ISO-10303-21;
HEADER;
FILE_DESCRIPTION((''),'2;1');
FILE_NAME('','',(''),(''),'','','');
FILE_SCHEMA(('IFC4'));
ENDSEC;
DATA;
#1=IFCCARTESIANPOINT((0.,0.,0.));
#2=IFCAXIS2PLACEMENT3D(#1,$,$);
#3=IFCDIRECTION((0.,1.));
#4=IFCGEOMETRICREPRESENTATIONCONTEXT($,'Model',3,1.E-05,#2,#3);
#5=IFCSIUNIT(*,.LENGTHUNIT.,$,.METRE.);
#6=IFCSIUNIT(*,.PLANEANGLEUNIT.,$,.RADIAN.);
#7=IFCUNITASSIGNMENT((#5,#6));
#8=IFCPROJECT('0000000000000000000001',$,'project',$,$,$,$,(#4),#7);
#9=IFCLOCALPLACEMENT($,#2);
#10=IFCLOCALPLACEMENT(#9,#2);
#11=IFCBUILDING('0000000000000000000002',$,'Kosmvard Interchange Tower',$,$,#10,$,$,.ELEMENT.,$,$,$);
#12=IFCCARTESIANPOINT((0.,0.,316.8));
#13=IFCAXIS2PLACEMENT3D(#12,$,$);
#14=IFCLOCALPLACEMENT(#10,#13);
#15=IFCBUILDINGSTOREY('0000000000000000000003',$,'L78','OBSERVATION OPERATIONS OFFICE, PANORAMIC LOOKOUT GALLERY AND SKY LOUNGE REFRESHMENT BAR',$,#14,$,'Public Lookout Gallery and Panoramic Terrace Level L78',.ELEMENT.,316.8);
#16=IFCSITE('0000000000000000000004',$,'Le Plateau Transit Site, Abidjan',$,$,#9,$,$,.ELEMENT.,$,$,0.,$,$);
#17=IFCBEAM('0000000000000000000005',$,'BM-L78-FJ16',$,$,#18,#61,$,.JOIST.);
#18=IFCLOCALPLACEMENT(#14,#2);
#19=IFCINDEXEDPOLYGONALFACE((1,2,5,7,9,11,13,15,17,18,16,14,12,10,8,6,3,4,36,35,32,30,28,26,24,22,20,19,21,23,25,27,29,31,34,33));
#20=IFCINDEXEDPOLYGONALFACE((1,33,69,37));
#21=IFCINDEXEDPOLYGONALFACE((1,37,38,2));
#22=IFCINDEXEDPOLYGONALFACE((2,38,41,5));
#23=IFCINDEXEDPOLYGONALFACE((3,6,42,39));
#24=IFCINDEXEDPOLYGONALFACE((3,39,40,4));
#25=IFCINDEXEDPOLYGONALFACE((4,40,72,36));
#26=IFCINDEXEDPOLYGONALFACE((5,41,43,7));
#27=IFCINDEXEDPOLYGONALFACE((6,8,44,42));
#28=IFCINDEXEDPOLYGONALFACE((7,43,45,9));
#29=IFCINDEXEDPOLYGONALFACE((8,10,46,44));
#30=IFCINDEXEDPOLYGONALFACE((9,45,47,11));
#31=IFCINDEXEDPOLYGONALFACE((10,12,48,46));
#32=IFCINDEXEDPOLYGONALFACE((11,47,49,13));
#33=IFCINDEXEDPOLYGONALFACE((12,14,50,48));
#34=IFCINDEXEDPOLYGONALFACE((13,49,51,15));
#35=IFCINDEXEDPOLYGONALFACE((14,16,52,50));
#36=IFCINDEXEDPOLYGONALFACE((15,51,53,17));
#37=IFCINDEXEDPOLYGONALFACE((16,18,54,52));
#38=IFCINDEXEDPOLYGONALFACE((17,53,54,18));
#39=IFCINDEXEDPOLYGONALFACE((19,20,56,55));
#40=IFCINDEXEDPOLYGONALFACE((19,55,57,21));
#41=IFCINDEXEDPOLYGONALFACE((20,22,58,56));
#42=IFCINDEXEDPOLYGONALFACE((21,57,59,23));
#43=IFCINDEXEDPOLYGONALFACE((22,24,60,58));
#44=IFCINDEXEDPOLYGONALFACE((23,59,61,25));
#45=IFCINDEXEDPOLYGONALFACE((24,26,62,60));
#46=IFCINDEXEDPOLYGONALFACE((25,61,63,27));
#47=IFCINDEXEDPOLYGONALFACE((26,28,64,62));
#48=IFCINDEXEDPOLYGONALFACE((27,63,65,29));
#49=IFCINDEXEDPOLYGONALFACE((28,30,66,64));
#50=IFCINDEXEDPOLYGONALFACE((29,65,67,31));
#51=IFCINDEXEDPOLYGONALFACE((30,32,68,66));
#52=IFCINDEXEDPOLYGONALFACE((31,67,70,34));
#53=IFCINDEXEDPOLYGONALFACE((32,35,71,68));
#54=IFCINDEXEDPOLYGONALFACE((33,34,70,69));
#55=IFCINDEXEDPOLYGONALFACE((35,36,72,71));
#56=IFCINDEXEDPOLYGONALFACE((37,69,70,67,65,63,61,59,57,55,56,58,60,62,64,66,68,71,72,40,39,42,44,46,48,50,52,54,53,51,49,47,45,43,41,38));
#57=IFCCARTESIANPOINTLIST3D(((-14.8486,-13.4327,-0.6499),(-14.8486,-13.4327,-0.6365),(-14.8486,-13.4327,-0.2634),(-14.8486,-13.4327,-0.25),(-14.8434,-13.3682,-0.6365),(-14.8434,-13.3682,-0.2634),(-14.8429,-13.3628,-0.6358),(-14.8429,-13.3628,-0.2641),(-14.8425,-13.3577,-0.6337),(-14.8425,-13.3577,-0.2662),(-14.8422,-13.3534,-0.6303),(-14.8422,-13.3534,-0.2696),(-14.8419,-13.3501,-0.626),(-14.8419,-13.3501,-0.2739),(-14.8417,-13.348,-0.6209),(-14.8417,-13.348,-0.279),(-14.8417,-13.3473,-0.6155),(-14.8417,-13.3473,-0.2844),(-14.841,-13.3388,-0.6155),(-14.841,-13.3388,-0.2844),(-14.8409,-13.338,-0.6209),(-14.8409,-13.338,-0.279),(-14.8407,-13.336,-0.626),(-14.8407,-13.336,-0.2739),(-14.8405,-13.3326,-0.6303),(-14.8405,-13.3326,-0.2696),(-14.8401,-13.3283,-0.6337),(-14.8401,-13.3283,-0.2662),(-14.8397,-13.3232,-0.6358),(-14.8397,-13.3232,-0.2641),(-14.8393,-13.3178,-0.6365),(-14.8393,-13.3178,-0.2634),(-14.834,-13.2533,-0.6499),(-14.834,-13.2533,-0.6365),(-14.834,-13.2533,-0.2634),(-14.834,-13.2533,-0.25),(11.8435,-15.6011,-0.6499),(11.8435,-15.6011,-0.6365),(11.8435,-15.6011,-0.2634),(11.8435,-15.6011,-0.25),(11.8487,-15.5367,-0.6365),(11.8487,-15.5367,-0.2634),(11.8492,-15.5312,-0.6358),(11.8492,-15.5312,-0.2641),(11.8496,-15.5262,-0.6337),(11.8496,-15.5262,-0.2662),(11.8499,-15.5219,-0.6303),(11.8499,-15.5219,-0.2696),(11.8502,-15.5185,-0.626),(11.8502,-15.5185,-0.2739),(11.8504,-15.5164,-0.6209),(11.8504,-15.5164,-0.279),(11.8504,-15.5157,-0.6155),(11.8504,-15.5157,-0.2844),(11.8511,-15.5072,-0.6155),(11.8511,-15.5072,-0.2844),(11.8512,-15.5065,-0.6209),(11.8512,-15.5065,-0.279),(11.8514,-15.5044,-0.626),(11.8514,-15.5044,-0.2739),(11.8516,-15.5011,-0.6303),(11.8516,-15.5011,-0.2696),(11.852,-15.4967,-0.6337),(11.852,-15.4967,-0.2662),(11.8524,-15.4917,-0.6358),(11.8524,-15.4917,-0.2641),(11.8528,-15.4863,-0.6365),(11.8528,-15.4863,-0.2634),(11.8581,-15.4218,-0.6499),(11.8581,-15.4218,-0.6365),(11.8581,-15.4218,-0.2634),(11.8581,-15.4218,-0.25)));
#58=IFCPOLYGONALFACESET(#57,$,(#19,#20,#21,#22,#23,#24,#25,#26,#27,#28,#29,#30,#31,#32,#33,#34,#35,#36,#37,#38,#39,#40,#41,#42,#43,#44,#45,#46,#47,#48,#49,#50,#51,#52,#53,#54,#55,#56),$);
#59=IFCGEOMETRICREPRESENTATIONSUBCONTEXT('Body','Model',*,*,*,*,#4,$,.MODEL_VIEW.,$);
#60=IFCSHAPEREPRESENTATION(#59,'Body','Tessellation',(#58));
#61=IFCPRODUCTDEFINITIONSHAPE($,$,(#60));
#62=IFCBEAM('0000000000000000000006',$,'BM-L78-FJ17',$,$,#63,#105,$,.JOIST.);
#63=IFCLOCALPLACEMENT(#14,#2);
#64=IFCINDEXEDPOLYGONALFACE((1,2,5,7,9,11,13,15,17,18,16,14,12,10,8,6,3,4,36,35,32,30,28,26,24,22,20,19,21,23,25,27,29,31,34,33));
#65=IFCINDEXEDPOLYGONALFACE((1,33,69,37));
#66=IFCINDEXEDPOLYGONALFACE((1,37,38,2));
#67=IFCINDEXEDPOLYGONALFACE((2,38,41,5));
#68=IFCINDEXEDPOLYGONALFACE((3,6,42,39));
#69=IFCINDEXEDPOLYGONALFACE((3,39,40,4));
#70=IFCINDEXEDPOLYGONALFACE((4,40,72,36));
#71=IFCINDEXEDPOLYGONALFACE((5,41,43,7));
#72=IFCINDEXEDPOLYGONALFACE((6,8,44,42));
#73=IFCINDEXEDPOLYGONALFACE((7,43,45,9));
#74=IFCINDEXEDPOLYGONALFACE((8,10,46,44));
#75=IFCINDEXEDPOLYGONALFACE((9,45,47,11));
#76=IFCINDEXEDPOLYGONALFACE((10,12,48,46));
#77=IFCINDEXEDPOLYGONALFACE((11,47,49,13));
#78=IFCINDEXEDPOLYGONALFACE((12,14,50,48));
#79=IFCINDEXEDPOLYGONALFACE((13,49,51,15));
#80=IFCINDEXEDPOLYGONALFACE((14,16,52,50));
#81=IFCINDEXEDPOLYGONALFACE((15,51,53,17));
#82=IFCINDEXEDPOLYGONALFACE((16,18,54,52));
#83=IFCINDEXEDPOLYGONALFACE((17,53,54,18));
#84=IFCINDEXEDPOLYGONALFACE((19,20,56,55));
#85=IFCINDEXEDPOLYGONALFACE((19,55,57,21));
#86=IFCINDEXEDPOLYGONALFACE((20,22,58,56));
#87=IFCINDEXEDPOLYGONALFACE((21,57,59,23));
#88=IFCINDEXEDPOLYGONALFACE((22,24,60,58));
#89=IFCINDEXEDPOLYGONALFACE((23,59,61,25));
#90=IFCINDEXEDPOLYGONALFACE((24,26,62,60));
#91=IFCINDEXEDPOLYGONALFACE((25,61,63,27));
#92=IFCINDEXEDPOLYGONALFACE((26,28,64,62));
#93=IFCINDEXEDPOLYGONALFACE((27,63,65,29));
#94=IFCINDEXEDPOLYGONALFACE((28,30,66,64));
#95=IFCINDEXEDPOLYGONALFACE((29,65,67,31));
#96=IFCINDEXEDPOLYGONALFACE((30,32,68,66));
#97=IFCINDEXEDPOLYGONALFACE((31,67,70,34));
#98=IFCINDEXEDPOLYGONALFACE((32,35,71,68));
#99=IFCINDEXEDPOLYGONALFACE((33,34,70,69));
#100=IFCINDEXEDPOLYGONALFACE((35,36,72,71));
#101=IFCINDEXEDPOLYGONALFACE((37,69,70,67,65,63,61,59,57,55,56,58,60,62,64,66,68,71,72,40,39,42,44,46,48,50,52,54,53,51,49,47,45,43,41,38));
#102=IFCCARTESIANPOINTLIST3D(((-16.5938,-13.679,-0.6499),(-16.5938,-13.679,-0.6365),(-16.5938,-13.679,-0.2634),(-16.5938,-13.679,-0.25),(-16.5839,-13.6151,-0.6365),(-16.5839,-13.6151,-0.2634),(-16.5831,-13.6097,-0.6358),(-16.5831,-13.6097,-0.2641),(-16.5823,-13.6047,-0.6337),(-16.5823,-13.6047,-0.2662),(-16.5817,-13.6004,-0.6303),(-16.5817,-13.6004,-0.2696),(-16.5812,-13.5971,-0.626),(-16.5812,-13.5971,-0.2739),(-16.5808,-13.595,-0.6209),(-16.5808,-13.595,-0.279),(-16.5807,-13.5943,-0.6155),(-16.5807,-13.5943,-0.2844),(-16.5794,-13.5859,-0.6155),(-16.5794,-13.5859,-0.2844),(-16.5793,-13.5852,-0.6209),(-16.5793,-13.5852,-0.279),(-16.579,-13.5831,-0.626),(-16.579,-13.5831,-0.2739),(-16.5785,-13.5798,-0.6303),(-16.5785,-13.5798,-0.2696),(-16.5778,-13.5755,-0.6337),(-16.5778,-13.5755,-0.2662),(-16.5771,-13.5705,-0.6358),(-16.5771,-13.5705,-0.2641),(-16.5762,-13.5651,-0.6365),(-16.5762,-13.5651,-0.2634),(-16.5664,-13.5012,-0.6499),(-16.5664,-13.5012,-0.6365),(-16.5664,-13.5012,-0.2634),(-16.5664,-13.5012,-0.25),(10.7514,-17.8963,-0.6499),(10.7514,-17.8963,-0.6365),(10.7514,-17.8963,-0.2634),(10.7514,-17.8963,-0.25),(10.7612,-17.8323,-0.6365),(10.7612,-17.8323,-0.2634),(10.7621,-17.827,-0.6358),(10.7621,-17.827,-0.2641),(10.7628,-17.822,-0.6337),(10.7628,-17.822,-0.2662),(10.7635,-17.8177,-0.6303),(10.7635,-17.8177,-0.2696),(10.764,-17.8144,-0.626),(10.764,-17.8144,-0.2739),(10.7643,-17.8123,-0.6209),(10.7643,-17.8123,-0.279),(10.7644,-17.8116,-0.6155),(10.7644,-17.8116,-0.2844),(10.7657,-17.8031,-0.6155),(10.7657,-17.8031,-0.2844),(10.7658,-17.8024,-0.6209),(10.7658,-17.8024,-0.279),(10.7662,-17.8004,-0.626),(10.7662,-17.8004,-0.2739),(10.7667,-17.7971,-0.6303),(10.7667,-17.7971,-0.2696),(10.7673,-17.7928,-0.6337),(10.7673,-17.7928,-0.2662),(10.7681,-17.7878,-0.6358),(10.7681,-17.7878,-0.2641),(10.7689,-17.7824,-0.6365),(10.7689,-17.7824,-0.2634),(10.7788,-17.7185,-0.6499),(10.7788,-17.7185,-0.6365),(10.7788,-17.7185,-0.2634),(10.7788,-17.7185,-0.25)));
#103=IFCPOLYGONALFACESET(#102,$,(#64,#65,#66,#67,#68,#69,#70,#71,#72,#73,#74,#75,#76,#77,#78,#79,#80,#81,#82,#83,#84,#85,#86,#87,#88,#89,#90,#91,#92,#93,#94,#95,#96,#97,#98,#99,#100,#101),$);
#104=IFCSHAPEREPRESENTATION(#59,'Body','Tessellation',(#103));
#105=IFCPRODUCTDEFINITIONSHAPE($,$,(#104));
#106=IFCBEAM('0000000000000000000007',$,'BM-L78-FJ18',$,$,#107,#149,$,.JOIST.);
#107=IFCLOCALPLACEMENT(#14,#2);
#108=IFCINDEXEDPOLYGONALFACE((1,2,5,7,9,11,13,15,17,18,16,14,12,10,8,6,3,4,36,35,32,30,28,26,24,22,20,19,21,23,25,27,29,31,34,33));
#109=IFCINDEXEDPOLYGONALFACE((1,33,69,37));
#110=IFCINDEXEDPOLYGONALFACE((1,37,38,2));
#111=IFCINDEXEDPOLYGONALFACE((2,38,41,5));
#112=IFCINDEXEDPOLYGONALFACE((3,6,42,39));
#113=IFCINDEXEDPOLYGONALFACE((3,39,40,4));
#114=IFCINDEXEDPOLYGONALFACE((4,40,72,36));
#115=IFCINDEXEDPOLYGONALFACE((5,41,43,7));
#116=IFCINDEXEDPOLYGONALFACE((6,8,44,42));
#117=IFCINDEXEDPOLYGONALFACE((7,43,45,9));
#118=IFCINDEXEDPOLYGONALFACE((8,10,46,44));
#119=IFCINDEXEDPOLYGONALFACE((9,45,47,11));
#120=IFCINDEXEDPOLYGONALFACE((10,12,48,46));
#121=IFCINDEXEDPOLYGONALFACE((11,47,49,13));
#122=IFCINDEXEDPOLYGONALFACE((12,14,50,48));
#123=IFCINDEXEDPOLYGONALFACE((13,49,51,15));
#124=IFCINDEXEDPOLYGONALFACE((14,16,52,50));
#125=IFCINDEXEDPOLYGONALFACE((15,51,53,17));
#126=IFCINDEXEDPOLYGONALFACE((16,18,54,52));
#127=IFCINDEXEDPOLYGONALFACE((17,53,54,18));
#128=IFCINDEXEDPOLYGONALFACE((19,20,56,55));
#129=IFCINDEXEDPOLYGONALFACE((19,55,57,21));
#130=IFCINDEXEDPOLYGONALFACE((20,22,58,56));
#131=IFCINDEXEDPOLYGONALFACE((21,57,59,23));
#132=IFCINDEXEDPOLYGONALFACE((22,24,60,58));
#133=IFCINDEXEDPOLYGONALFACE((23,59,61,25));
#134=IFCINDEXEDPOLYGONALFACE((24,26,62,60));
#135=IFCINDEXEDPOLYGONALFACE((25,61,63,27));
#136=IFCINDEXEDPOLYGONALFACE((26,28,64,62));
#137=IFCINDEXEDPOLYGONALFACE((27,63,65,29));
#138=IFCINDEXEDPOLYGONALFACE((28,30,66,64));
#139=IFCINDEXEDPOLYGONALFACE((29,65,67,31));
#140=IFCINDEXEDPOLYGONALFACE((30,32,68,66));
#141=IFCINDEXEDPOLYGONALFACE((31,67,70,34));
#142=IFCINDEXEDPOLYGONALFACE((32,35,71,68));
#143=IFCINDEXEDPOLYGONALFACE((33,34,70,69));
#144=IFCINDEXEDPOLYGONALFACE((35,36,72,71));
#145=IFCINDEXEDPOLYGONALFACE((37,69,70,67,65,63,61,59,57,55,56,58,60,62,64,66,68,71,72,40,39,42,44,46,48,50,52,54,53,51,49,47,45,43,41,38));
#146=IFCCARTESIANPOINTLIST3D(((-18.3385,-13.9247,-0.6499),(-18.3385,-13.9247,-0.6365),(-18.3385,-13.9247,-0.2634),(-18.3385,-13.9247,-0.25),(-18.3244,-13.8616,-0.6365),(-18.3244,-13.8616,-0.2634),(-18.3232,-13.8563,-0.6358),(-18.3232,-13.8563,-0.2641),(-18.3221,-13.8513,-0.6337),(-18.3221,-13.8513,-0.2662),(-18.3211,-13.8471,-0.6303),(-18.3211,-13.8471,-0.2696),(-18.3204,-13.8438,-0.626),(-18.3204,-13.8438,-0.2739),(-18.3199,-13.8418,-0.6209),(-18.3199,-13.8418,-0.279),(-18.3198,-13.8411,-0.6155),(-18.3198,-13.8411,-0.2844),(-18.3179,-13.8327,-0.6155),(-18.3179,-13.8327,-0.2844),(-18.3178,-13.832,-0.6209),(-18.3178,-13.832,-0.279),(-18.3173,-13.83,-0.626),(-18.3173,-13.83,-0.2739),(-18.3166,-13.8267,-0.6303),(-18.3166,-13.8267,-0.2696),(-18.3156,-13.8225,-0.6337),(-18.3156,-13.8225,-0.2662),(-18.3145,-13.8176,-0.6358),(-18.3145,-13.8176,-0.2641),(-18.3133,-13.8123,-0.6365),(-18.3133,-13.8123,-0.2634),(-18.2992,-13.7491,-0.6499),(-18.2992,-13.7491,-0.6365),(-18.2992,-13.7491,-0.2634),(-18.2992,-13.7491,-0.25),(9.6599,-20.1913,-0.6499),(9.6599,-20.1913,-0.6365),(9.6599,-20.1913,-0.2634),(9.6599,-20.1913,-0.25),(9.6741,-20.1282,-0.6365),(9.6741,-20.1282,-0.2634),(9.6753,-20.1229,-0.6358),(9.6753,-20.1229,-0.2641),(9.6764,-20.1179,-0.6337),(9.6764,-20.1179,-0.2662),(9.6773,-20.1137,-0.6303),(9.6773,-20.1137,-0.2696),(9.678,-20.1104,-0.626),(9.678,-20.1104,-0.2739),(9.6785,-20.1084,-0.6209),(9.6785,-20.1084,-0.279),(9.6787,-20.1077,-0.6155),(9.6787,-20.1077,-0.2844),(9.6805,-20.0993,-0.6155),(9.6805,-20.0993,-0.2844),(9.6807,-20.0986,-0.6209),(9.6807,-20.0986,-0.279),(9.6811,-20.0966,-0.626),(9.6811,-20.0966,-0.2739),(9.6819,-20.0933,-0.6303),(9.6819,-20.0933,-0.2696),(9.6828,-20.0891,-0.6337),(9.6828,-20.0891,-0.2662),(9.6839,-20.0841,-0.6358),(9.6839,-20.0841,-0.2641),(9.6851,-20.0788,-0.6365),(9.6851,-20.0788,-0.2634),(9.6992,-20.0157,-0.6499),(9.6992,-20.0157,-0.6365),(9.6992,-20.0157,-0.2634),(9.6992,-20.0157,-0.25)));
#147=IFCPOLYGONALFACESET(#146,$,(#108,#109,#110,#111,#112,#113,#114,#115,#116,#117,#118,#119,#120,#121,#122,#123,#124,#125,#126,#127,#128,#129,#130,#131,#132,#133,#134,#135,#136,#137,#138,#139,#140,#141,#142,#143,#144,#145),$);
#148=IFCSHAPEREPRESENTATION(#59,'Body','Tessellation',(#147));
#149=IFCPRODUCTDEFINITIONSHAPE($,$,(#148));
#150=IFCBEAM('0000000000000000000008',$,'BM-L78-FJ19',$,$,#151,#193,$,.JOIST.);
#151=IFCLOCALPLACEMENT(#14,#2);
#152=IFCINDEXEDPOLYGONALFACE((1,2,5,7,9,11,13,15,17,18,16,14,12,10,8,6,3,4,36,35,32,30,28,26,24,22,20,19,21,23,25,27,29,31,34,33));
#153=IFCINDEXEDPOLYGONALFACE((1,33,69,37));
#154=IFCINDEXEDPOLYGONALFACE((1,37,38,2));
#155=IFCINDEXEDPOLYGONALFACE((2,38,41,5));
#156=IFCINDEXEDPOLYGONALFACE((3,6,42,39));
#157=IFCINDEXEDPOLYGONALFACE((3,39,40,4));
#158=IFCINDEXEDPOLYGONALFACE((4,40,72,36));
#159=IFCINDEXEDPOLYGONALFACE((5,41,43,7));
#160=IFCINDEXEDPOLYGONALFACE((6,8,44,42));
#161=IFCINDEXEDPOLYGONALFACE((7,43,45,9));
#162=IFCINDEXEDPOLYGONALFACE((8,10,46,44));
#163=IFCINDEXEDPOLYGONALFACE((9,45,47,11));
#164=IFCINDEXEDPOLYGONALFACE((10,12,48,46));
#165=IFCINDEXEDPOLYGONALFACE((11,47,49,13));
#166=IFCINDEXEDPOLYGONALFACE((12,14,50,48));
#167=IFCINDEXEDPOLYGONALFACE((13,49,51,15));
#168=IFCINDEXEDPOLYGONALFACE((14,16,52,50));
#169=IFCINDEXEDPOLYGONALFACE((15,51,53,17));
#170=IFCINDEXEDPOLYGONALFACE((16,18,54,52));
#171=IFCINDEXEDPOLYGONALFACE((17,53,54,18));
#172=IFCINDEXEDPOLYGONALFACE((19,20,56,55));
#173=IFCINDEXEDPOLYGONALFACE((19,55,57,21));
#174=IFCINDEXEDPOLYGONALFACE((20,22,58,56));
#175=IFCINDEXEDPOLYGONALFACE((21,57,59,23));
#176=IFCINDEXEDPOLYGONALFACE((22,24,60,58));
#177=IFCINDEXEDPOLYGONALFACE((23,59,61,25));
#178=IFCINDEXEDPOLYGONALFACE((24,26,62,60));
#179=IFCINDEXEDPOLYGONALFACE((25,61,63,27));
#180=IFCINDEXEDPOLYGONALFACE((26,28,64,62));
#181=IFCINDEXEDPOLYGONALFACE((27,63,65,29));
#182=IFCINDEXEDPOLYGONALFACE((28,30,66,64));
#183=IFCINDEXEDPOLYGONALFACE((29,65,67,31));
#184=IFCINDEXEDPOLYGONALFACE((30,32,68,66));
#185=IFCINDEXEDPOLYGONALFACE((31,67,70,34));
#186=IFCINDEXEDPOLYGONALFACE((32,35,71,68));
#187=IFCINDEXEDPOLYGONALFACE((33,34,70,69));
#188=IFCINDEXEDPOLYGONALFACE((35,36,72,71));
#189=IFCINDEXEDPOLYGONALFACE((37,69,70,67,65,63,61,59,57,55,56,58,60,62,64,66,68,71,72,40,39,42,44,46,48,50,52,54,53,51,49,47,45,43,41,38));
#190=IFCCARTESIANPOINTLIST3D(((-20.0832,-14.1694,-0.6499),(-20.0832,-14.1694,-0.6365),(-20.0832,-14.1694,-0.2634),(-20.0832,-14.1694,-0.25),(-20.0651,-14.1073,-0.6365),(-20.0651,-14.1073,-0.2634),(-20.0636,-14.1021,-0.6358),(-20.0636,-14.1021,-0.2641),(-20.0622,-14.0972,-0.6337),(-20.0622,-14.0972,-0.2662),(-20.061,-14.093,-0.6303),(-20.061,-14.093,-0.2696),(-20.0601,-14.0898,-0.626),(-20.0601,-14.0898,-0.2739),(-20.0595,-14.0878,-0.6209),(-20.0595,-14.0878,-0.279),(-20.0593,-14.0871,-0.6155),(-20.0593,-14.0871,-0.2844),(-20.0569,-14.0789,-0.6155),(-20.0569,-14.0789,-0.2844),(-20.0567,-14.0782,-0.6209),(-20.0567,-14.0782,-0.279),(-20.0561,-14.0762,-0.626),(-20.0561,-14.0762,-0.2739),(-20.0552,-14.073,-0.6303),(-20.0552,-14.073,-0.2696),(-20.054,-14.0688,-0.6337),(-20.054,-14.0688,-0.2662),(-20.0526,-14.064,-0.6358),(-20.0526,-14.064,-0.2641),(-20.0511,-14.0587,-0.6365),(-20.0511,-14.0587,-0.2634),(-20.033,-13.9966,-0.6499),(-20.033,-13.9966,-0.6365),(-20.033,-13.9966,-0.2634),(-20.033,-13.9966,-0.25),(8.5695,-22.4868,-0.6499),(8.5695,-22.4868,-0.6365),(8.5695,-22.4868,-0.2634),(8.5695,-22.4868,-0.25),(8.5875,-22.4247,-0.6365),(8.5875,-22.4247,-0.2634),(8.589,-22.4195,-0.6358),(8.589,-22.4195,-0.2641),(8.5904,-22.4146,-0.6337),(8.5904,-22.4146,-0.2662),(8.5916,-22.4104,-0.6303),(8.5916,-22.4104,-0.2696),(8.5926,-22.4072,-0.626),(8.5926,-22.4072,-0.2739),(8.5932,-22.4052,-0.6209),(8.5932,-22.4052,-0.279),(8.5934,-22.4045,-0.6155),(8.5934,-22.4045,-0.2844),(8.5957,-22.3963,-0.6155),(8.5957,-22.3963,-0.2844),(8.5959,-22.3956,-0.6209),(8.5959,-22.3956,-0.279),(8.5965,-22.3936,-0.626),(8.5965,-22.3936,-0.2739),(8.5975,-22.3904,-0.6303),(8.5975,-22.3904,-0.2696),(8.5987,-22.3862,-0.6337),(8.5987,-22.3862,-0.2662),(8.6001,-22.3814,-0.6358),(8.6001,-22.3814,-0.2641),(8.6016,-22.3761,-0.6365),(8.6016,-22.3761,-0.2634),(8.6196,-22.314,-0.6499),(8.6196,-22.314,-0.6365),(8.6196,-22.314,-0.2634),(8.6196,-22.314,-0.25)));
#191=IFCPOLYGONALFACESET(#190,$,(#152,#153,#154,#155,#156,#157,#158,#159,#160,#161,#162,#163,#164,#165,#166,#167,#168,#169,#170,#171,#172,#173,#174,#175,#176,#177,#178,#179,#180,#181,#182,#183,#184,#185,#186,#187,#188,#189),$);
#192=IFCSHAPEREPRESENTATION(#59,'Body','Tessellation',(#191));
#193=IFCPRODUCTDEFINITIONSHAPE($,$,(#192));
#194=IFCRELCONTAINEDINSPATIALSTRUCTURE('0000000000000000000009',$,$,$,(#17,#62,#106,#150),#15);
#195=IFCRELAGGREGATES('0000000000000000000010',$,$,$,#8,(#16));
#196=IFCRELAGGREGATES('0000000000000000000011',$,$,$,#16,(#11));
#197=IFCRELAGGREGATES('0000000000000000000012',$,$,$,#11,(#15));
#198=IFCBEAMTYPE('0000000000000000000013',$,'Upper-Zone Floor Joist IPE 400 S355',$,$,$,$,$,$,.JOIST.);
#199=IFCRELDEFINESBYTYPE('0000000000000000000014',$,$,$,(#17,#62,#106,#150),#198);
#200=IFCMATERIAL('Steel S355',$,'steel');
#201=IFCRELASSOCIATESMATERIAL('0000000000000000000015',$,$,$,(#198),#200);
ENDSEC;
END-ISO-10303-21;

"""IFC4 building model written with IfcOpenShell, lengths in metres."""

from ifc_helpers import new_model, si_unit, direction, frame, origin, origin_2d, place, context, subcontext, project, spatial, i_section, extrude, source, transform, mapped, material, material_profile, profile_set, type_object, element, save


model = new_model("IFC4")

# Units and contexts
model_context = context("Model", 3, precision=1e-05, world=origin(), true_north=direction((0.0, 1.0)))
body_context = subcontext(model_context, "Body", "Model", "MODEL_VIEW")
ifc_project = project(units=[si_unit("LENGTHUNIT", "METRE"), si_unit("PLANEANGLEUNIT", "RADIAN")], contexts=[model_context])

# Site, building, storey
site_placement = place(None, origin())
site = spatial("IfcSite", under=ifc_project, at=site_placement, Name="Le Plateau Transit Site, Abidjan", CompositionType="ELEMENT", RefElevation=0.0)
building_placement = place(site_placement, origin())
building = spatial("IfcBuilding", under=site, at=building_placement, Name="Kosmvard Interchange Tower", CompositionType="ELEMENT")
storey_placement = place(building_placement, frame((0.0, 0.0, 316.8)))
storey = spatial("IfcBuildingStorey", under=building, at=storey_placement, Name="L78", Description="OBSERVATION OPERATIONS OFFICE, PANORAMIC LOOKOUT GALLERY AND SKY LOUNGE REFRESHMENT BAR", LongName="Public Lookout Gallery and Panoramic Terrace Level L78", CompositionType="ELEMENT", Elevation=316.8)

# Beams
ifc_material_1 = material(Name="Steel S355", Category="steel")
ifc_material_profile_1 = material_profile(ifc_material_1, i_section(OverallWidth=0.1799, OverallDepth=0.3999, WebThickness=0.0085, FlangeThickness=0.0134, FilletRadius=0.021, at=origin_2d()), Name="IPE 400")
ifc_profile_set_1 = profile_set([ifc_material_profile_1], Name="Steel S355")
beam_type_1 = type_object("IfcBeamType", Name="Upper-Zone Floor Joist IPE 400 S355", PredefinedType="JOIST", material=ifc_profile_set_1)
shared_shape_1 = source(origin(), body_context, "Body", "SweptSolid", [
    extrude(i_section(OverallWidth=0.1799, OverallDepth=0.3999, WebThickness=0.0085, FlangeThickness=0.0134, FilletRadius=0.021, at=origin_2d()), origin(), (0.0, 0.0, 1.0), 26.78),
])
beam_1_placement = place(storey_placement, frame((-14.8413, -13.343, -0.45), z_axis=(0.996716, -0.080973, 0.0), x_axis=(0.080973, 0.996716, 0.0)))
element("IfcBeam", 1, at=beam_1_placement, inside=storey, type_object=beam_type_1, Name="BM-L78-FJ16", PredefinedType="JOIST", context=body_context, shape_type="MappedRepresentation", body=[
    mapped(shared_shape_1, transform((0.0, 0.0, 0.0), scale=1.0)),
])
shared_shape_2 = source(origin(), body_context, "Body", "SweptSolid", [
    extrude(i_section(OverallWidth=0.1799, OverallDepth=0.3999, WebThickness=0.0085, FlangeThickness=0.0134, FilletRadius=0.021, at=origin_2d()), origin(), (0.0, 0.0, 1.0), 27.6685),
])
beam_2_placement = place(storey_placement, frame((-16.5801, -13.5901, -0.45), z_axis=(0.988316, -0.152422, 0.0), x_axis=(0.152422, 0.988316, 0.0)))
element("IfcBeam", 2, at=beam_2_placement, inside=storey, type_object=beam_type_1, Name="BM-L78-FJ17", PredefinedType="JOIST", context=body_context, shape_type="MappedRepresentation", body=[
    mapped(shared_shape_2, transform((0.0, 0.0, 0.0), scale=1.0)),
])
shared_shape_3 = source(origin(), body_context, "Body", "SweptSolid", [
    extrude(i_section(OverallWidth=0.1799, OverallDepth=0.3999, WebThickness=0.0085, FlangeThickness=0.0134, FilletRadius=0.021, at=origin_2d()), origin(), (0.0, 0.0, 1.0), 28.6912),
])
beam_3_placement = place(storey_placement, frame((-18.3188, -13.8369, -0.45), z_axis=(0.975856, -0.218415, 0.0), x_axis=(0.218415, 0.975856, 0.0)))
element("IfcBeam", 3, at=beam_3_placement, inside=storey, type_object=beam_type_1, Name="BM-L78-FJ18", PredefinedType="JOIST", context=body_context, shape_type="MappedRepresentation", body=[
    mapped(shared_shape_3, transform((0.0, 0.0, 0.0), scale=1.0)),
])
shared_shape_4 = source(origin(), body_context, "Body", "SweptSolid", [
    extrude(i_section(OverallWidth=0.1799, OverallDepth=0.3999, WebThickness=0.0085, FlangeThickness=0.0134, FilletRadius=0.021, at=origin_2d()), origin(), (0.0, 0.0, 1.0), 29.8354),
])
beam_4_placement = place(storey_placement, frame((-20.0581, -14.083, -0.45), z_axis=(0.960356, -0.278776, 0.0), x_axis=(0.278776, 0.960356, 0.0)))
element("IfcBeam", 4, at=beam_4_placement, inside=storey, type_object=beam_type_1, Name="BM-L78-FJ19", PredefinedType="JOIST", context=body_context, shape_type="MappedRepresentation", body=[
    mapped(shared_shape_4, transform((0.0, 0.0, 0.0), scale=1.0)),
])

save(model, "model.ifc")
